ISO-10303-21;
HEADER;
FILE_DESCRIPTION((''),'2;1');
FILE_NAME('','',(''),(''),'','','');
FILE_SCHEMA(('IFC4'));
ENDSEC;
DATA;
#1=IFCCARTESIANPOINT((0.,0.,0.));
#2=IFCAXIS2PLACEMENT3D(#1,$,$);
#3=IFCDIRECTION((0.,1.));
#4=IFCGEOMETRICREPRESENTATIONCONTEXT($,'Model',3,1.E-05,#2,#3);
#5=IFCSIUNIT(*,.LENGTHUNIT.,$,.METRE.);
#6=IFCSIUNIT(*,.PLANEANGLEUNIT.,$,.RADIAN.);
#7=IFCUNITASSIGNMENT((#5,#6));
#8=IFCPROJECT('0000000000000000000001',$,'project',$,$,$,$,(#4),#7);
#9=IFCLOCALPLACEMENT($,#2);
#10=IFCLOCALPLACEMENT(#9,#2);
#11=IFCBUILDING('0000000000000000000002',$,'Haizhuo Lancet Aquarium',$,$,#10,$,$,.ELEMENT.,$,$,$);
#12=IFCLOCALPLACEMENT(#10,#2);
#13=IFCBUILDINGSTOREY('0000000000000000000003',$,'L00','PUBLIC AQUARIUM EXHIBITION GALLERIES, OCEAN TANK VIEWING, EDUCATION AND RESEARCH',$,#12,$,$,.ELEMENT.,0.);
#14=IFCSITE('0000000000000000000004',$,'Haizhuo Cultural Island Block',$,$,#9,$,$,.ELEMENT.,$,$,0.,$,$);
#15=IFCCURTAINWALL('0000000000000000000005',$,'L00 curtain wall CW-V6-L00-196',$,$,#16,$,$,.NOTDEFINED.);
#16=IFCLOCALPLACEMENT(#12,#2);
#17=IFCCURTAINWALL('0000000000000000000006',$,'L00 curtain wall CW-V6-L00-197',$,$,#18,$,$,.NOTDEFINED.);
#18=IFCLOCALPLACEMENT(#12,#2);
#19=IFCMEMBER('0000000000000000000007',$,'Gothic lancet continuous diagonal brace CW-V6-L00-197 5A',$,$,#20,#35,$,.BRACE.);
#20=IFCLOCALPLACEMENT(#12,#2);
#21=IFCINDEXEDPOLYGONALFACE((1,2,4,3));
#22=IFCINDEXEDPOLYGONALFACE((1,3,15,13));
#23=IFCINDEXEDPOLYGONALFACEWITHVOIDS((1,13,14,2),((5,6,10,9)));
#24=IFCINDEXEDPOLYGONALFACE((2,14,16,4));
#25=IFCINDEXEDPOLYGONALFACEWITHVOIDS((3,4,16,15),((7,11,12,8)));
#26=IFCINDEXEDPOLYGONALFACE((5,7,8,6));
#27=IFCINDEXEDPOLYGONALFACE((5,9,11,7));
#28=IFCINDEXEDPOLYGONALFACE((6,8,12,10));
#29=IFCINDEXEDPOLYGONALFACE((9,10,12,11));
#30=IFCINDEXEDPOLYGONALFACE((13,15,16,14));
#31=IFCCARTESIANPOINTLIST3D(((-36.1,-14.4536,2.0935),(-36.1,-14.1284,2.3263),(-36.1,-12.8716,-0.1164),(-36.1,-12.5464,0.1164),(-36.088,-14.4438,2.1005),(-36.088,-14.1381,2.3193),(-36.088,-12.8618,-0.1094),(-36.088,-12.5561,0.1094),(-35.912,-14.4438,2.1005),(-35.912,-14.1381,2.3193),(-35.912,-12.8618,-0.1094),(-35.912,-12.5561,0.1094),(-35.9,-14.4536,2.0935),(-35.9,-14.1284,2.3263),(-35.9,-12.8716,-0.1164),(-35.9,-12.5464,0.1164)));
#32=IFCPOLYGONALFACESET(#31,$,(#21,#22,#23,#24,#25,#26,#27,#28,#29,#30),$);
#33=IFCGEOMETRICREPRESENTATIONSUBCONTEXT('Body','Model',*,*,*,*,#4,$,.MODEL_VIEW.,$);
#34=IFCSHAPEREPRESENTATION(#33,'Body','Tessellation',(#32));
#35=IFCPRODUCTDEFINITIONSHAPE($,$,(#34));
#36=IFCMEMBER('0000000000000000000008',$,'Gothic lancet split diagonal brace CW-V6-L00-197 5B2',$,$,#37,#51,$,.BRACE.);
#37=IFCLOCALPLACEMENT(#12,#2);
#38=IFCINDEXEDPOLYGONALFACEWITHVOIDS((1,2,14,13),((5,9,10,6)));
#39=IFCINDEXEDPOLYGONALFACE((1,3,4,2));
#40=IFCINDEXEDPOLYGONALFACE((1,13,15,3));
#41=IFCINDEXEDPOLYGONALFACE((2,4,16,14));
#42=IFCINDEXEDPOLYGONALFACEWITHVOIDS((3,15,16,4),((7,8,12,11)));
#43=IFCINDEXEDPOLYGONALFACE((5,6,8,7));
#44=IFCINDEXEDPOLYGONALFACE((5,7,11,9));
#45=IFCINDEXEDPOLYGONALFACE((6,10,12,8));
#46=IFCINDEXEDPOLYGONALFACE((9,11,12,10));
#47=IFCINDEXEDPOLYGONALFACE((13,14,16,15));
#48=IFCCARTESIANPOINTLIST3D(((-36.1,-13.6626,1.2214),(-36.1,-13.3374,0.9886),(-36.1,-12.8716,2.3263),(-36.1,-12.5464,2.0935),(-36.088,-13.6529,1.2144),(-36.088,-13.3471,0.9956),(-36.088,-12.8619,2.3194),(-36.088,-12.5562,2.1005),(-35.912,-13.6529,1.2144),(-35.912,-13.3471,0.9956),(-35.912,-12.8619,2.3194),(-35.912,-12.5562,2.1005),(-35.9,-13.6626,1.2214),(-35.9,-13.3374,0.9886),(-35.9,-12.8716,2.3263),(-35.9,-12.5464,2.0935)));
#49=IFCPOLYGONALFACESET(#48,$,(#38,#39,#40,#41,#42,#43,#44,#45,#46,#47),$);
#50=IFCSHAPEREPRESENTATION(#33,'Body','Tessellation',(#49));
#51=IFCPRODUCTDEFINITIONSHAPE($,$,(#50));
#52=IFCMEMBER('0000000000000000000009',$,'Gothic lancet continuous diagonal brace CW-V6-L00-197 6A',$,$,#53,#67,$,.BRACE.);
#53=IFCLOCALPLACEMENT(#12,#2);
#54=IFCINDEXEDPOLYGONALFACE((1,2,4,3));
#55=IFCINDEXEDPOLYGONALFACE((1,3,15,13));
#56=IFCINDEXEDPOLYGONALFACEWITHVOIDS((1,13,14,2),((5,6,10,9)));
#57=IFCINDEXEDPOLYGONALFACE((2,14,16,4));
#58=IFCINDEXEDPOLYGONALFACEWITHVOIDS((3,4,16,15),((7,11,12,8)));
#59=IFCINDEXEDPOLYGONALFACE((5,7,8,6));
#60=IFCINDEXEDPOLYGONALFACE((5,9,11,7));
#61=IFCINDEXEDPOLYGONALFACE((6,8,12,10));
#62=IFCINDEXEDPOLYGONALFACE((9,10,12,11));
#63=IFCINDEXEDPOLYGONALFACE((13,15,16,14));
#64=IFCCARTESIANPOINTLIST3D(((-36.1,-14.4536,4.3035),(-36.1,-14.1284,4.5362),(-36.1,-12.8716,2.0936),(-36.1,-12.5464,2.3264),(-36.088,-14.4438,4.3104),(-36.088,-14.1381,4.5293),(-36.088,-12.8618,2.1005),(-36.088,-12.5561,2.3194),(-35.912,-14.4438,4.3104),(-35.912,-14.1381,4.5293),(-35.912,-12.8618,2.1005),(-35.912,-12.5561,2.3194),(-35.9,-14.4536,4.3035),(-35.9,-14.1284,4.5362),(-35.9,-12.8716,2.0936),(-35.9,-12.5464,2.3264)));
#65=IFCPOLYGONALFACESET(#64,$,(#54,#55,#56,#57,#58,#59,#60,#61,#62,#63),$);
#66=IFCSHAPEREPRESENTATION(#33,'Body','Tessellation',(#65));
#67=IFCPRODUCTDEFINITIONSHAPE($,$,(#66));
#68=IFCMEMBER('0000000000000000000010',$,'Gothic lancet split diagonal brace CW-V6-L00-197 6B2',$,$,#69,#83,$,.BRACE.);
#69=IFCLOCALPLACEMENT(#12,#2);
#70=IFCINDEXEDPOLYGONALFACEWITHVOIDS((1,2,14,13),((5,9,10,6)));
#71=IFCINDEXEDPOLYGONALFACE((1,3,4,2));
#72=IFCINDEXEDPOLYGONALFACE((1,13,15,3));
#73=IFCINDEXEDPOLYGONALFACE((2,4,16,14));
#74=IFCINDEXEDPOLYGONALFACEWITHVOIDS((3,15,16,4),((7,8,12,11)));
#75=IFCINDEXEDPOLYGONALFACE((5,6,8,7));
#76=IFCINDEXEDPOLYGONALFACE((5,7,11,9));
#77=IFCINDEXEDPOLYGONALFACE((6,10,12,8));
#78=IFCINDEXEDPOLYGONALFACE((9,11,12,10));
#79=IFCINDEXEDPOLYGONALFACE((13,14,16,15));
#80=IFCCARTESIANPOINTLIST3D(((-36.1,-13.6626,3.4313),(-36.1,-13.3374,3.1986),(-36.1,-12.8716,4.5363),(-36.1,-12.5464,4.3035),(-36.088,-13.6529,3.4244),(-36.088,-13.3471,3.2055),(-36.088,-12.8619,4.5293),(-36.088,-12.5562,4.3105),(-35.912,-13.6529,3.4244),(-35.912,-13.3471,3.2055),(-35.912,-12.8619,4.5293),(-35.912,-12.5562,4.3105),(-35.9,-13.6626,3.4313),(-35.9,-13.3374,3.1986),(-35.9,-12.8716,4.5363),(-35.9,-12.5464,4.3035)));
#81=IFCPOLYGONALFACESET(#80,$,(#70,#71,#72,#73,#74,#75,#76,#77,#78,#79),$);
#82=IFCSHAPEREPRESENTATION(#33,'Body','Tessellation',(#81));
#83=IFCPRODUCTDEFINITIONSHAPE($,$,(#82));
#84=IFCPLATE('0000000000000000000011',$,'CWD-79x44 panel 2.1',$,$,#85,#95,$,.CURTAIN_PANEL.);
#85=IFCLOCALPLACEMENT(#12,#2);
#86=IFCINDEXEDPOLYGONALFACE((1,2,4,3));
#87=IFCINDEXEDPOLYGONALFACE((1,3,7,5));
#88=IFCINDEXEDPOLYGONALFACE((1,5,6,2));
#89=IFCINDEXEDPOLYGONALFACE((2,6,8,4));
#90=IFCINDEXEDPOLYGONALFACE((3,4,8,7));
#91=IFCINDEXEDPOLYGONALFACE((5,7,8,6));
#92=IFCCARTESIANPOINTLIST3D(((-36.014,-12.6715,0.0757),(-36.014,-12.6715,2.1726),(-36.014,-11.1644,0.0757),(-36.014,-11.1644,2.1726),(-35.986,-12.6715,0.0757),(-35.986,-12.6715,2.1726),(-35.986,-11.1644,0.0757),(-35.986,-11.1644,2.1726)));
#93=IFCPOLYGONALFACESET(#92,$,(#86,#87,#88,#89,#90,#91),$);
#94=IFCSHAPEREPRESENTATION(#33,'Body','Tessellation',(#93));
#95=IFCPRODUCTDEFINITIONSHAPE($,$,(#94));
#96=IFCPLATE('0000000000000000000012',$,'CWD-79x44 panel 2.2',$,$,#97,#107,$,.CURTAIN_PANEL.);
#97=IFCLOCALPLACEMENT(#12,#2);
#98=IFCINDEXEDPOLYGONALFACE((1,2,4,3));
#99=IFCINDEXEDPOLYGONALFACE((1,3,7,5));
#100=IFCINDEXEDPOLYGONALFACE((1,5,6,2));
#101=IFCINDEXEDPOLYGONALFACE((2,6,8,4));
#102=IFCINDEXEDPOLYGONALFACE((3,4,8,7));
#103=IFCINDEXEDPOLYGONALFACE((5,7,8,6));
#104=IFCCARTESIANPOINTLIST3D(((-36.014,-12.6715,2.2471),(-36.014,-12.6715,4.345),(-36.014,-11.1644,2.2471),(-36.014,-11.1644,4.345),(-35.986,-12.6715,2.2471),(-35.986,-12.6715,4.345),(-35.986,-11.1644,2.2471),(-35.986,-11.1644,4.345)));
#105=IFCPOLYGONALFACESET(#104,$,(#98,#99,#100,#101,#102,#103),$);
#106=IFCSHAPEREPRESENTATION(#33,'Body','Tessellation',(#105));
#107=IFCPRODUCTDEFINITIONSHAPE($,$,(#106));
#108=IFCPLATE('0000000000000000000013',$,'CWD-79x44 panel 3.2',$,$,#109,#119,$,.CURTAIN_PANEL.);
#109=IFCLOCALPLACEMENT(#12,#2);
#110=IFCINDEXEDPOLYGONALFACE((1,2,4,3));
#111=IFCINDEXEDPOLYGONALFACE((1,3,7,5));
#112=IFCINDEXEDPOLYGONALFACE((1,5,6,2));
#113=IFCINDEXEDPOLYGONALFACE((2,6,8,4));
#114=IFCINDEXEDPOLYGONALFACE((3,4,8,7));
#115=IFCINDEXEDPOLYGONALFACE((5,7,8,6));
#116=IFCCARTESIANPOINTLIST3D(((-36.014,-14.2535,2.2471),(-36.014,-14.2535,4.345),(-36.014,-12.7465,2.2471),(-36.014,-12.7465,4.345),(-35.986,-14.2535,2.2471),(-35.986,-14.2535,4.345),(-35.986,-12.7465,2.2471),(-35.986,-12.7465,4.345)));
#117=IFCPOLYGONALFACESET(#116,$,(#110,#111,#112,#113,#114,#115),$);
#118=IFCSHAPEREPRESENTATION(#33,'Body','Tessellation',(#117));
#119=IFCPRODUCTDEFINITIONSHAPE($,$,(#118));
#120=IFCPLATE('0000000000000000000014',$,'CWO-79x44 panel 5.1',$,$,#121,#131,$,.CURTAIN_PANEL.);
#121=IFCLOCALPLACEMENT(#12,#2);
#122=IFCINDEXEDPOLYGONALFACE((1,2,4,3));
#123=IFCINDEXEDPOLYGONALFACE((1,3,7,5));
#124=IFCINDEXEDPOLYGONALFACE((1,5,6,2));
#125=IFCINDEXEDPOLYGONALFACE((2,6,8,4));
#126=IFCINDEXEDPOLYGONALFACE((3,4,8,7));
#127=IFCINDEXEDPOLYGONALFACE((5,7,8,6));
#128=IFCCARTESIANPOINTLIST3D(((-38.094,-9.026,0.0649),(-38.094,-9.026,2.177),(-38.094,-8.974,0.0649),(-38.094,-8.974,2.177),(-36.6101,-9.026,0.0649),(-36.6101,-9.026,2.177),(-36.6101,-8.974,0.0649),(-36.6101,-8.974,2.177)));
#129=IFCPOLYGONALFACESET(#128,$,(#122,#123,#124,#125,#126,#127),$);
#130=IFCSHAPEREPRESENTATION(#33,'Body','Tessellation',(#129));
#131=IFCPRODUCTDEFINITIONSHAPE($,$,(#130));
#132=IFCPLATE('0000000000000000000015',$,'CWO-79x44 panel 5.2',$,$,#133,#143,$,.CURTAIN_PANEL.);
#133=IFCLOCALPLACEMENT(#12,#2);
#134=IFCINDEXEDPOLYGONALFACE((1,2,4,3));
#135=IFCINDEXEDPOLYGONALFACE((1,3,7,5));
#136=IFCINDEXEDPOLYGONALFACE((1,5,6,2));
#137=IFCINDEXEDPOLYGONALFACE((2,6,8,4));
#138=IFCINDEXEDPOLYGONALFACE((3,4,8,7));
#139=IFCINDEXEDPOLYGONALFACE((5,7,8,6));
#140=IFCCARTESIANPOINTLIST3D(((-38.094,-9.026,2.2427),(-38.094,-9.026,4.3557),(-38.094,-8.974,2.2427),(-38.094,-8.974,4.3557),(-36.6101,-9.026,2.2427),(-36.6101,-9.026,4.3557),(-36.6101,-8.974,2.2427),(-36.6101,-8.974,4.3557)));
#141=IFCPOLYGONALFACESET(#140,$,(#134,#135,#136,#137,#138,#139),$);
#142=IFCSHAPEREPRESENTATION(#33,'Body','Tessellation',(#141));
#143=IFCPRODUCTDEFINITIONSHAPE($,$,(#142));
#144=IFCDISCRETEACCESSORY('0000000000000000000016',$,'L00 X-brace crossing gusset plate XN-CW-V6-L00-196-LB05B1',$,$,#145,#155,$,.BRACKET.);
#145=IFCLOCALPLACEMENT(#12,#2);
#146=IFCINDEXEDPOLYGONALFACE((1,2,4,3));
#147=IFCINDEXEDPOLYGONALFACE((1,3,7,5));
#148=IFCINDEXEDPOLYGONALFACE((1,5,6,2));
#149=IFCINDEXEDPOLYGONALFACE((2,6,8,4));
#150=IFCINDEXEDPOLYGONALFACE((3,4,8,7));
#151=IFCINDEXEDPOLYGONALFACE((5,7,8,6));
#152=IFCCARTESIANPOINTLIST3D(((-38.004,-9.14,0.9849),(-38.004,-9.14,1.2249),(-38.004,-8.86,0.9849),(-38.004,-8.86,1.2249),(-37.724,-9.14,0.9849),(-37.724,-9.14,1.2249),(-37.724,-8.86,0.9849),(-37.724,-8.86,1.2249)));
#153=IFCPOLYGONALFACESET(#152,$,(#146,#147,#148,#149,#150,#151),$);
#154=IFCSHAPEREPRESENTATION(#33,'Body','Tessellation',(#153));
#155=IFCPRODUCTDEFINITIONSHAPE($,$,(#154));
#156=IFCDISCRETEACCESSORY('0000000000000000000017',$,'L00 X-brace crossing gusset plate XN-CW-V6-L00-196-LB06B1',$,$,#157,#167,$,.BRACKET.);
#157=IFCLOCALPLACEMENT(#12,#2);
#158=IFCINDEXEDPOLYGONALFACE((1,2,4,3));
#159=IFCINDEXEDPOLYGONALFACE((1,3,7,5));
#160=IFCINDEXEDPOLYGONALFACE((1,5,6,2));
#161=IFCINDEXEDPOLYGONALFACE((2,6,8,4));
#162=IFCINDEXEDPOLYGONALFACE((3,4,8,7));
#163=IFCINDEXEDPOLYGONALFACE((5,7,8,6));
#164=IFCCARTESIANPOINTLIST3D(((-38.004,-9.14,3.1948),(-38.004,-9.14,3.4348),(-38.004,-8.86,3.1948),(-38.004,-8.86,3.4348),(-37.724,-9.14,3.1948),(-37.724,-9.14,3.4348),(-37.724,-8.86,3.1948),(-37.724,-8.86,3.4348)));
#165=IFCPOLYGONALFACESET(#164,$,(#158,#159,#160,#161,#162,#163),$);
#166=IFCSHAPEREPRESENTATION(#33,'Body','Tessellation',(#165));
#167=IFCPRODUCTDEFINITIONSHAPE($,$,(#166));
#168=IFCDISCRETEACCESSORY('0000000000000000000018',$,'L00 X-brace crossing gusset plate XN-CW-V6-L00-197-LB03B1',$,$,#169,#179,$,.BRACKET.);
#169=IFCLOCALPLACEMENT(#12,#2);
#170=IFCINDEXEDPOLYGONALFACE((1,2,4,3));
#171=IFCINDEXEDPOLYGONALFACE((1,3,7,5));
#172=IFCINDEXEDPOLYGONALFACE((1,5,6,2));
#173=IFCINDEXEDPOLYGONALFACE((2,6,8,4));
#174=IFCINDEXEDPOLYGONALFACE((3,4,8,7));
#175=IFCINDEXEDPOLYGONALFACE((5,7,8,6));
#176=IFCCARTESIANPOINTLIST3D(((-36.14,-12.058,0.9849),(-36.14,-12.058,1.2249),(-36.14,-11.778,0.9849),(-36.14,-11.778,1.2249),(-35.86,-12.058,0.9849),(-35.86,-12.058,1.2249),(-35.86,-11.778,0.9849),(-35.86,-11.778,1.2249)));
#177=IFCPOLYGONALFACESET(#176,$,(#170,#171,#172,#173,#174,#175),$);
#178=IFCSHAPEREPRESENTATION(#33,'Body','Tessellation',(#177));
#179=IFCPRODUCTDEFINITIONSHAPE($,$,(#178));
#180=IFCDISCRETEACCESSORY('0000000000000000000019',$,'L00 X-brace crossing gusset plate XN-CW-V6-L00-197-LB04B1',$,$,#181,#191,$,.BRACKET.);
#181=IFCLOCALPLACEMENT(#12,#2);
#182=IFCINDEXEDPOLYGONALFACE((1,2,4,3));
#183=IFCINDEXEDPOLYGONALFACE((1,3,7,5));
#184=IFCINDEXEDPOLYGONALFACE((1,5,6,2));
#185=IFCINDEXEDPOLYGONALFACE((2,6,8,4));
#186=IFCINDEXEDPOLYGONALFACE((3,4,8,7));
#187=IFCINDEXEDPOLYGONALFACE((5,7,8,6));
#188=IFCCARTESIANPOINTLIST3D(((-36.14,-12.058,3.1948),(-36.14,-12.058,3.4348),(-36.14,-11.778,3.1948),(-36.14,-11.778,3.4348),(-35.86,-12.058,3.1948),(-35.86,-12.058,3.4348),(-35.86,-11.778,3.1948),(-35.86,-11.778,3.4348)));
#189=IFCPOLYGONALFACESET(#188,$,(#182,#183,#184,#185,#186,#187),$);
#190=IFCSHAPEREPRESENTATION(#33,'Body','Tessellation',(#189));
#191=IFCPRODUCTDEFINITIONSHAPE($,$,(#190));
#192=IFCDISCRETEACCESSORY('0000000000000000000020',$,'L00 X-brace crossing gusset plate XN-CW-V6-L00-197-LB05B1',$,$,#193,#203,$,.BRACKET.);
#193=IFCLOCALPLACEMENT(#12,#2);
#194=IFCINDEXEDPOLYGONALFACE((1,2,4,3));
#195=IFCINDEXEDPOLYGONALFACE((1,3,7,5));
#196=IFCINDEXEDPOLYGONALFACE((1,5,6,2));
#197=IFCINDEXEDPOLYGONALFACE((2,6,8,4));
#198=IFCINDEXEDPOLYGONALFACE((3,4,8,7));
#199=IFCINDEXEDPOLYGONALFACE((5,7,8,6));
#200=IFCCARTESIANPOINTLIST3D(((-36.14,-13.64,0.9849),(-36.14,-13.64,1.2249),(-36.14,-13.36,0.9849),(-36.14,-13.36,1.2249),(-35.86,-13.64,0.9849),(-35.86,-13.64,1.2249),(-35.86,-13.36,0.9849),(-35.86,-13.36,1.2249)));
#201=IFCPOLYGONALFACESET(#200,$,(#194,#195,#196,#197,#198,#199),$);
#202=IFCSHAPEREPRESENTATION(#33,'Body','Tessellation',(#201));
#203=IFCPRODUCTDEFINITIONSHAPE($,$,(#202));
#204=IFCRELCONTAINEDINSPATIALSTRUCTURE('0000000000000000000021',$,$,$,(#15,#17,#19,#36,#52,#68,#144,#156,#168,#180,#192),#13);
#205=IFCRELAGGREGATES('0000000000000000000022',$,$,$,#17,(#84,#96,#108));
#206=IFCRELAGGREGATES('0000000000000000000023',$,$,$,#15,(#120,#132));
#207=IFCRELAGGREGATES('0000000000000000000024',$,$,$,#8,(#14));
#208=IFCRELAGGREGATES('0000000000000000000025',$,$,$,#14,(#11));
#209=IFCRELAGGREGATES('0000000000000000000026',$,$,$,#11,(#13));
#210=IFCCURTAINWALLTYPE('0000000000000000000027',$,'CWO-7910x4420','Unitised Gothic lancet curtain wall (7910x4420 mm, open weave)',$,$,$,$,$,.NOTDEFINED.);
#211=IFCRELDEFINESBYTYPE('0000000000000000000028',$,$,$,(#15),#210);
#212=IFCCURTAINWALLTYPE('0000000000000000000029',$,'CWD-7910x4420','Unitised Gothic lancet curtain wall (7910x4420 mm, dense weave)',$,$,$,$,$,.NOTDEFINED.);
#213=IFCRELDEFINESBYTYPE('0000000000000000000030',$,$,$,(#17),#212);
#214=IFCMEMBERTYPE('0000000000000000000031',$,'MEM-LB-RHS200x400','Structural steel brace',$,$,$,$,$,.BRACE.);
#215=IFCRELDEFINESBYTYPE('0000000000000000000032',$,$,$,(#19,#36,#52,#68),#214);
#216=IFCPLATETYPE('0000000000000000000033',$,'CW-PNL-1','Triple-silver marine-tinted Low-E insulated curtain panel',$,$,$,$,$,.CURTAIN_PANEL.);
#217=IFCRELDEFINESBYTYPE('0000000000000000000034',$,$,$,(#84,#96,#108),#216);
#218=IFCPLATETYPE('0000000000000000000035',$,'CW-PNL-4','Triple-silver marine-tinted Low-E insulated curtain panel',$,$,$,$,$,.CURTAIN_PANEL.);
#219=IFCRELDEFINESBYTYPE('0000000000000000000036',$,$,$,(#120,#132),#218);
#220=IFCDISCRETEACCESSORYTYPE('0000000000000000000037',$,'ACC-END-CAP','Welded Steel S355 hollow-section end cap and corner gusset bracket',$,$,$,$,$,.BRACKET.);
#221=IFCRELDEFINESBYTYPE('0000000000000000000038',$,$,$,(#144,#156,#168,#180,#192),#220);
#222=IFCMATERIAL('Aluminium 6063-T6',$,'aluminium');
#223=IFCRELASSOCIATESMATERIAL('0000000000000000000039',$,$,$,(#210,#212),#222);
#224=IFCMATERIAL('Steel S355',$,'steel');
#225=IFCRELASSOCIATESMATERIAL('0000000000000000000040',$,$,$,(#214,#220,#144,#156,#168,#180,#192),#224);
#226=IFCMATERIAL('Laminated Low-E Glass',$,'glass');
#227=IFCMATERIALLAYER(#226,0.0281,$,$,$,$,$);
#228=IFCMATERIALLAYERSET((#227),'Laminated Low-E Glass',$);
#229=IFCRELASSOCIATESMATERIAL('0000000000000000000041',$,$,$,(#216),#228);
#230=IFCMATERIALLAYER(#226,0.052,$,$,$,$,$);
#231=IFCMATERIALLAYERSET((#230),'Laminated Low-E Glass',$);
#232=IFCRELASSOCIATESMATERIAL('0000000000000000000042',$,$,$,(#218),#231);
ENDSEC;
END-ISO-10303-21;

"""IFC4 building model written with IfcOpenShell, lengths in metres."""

from ifc_helpers import new_model, si_unit, direction, frame, origin, origin_2d, place, context, subcontext, project, spatial, rectangle, hollow_rectangle, extrude, material, layer, layer_set, material_profile, profile_set, type_object, element, aggregate, save


model = new_model("IFC4")

# Units and contexts
model_context = context("Model", 3, precision=1e-05, world=origin(), true_north=direction((0.0, 1.0)))
body_context = subcontext(model_context, "Body", "Model", "MODEL_VIEW")
ifc_project = project(units=[si_unit("LENGTHUNIT", "METRE"), si_unit("PLANEANGLEUNIT", "RADIAN")], contexts=[model_context])

# Site, building, storey
site_placement = place(None, origin())
site = spatial("IfcSite", under=ifc_project, at=site_placement, Name="Haizhuo Cultural Island Block", CompositionType="ELEMENT", RefElevation=0.0)
building_placement = place(site_placement, origin())
building = spatial("IfcBuilding", under=site, at=building_placement, Name="Haizhuo Lancet Aquarium", CompositionType="ELEMENT")
storey_placement = place(building_placement, origin())
storey = spatial("IfcBuildingStorey", under=building, at=storey_placement, Name="L00", Description="PUBLIC AQUARIUM EXHIBITION GALLERIES, OCEAN TANK VIEWING, EDUCATION AND RESEARCH", CompositionType="ELEMENT", Elevation=0.0)

# Curtain wall
ifc_material_1 = material(Name="Aluminium 6063-T6", Category="aluminium")
curtain_wall_type_1 = type_object("IfcCurtainWallType", Name="CWO-7910x4420", Description="Unitised Gothic lancet curtain wall (7910x4420 mm, open weave)", PredefinedType="NOTDEFINED", material=ifc_material_1)
curtain_wall_1_placement = place(storey_placement, origin())
curtain_wall_1 = element("IfcCurtainWall", 1, at=curtain_wall_1_placement, inside=storey, type_object=curtain_wall_type_1, Name="L00 curtain wall CW-V6-L00-196", PredefinedType="NOTDEFINED")

# Curtain wall
curtain_wall_type_2 = type_object("IfcCurtainWallType", Name="CWD-7910x4420", Description="Unitised Gothic lancet curtain wall (7910x4420 mm, dense weave)", PredefinedType="NOTDEFINED", material=ifc_material_1)
curtain_wall_2_placement = place(storey_placement, origin())
curtain_wall_2 = element("IfcCurtainWall", 2, at=curtain_wall_2_placement, inside=storey, type_object=curtain_wall_type_2, Name="L00 curtain wall CW-V6-L00-197", PredefinedType="NOTDEFINED")

# Members
ifc_material_2 = material(Name="Steel S355", Category="steel")
ifc_material_profile_1 = material_profile(ifc_material_2, hollow_rectangle(XDim=0.2, YDim=0.3999, WallThickness=0.012, at=origin_2d()), Name="RHS 200x400x12")
ifc_profile_set_1 = profile_set([ifc_material_profile_1], Name="Steel S355")
member_type_1 = type_object("IfcMemberType", Name="MEM-LB-RHS200x400", Description="Structural steel brace", PredefinedType="BRACE", material=ifc_profile_set_1)
member_1_placement = place(storey_placement, frame((-36.0, -12.709, 0.0), z_axis=(0.0, -0.582088, 0.813126), x_axis=(1.0, 0.0, 0.0)))
element("IfcMember", 3, at=member_1_placement, inside=storey, type_object=member_type_1, Name="Gothic lancet continuous diagonal brace CW-V6-L00-197 5A", PredefinedType="BRACE", context=body_context, shape_type="SweptSolid", body=[
    extrude(hollow_rectangle(XDim=0.2, YDim=0.3999, WallThickness=0.012, at=origin_2d()), origin(), (0.0, 0.0, 1.0), 2.7178),
])
member_2_placement = place(storey_placement, frame((-36.0, -13.5, 1.105), z_axis=(0.0, 0.582088, 0.813126), x_axis=(-1.0, 0.0, 0.0)))
element("IfcMember", 4, at=member_2_placement, inside=storey, type_object=member_type_1, Name="Gothic lancet split diagonal brace CW-V6-L00-197 5B2", PredefinedType="BRACE", context=body_context, shape_type="SweptSolid", body=[
    extrude(hollow_rectangle(XDim=0.2, YDim=0.3999, WallThickness=0.012, at=origin_2d()), origin(), (0.0, 0.0, 1.0), 1.3589),
])
member_3_placement = place(storey_placement, frame((-36.0, -12.709, 2.21), z_axis=(0.0, -0.582088, 0.813126), x_axis=(1.0, 0.0, 0.0)))
element("IfcMember", 5, at=member_3_placement, inside=storey, type_object=member_type_1, Name="Gothic lancet continuous diagonal brace CW-V6-L00-197 6A", PredefinedType="BRACE", context=body_context, shape_type="SweptSolid", body=[
    extrude(hollow_rectangle(XDim=0.2, YDim=0.3999, WallThickness=0.012, at=origin_2d()), origin(), (0.0, 0.0, 1.0), 2.7178),
])
member_4_placement = place(storey_placement, frame((-36.0, -13.5, 3.3149), z_axis=(0.0, 0.582088, 0.813126), x_axis=(-1.0, 0.0, 0.0)))
element("IfcMember", 6, at=member_4_placement, inside=storey, type_object=member_type_1, Name="Gothic lancet split diagonal brace CW-V6-L00-197 6B2", PredefinedType="BRACE", context=body_context, shape_type="SweptSolid", body=[
    extrude(hollow_rectangle(XDim=0.2, YDim=0.3999, WallThickness=0.012, at=origin_2d()), origin(), (0.0, 0.0, 1.0), 1.3589),
])

# Plates
ifc_material_3 = material(Name="Laminated Low-E Glass", Category="glass")
ifc_layer_1 = layer(ifc_material_3, 0.0281)
ifc_layer_set_1 = layer_set([ifc_layer_1], Name="Laminated Low-E Glass")
plate_type_1 = type_object("IfcPlateType", Name="CW-PNL-1", Description="Triple-silver marine-tinted Low-E insulated curtain panel", PredefinedType="CURTAIN_PANEL", material=ifc_layer_set_1)
plate_1_placement = place(storey_placement, frame((-36.0, -11.918, 0.0757), z_axis=(0.0, 0.0, 1.0), x_axis=(0.0, -1.0, 0.0)))
plate_1 = element("IfcPlate", 7, at=plate_1_placement, type_object=plate_type_1, Name="CWD-79x44 panel 2.1", PredefinedType="CURTAIN_PANEL", context=body_context, shape_type="SweptSolid", body=[
    extrude(rectangle(XDim=1.5071, YDim=0.0281, at=origin_2d()), origin(), (0.0, 0.0, 1.0), 2.0969),
])
plate_2_placement = place(storey_placement, frame((-36.0, -11.918, 2.2471), z_axis=(0.0, 0.0, 1.0), x_axis=(0.0, -1.0, 0.0)))
plate_2 = element("IfcPlate", 8, at=plate_2_placement, type_object=plate_type_1, Name="CWD-79x44 panel 2.2", PredefinedType="CURTAIN_PANEL", context=body_context, shape_type="SweptSolid", body=[
    extrude(rectangle(XDim=1.5071, YDim=0.0281, at=origin_2d()), origin(), (0.0, 0.0, 1.0), 2.0979),
])
plate_3_placement = place(storey_placement, frame((-36.0, -13.5, 2.2471), z_axis=(0.0, 0.0, 1.0), x_axis=(0.0, -1.0, 0.0)))
plate_3 = element("IfcPlate", 9, at=plate_3_placement, type_object=plate_type_1, Name="CWD-79x44 panel 3.2", PredefinedType="CURTAIN_PANEL", context=body_context, shape_type="SweptSolid", body=[
    extrude(rectangle(XDim=1.5071, YDim=0.0281, at=origin_2d()), origin(), (0.0, 0.0, 1.0), 2.0979),
])
aggregate(curtain_wall_2, [plate_1, plate_2, plate_3])
ifc_layer_2 = layer(ifc_material_3, 0.052)
ifc_layer_set_2 = layer_set([ifc_layer_2], Name="Laminated Low-E Glass")
plate_type_2 = type_object("IfcPlateType", Name="CW-PNL-4", Description="Triple-silver marine-tinted Low-E insulated curtain panel", PredefinedType="CURTAIN_PANEL", material=ifc_layer_set_2)
plate_4_placement = place(storey_placement, frame((-37.3521, -9.0, 0.0649), z_axis=(0.0, 0.0, 1.0), x_axis=(1.0, 0.0, 0.0)))
plate_4 = element("IfcPlate", 10, at=plate_4_placement, type_object=plate_type_2, Name="CWO-79x44 panel 5.1", PredefinedType="CURTAIN_PANEL", context=body_context, shape_type="SweptSolid", body=[
    extrude(rectangle(XDim=1.4839, YDim=0.052, at=origin_2d()), origin(), (0.0, 0.0, 1.0), 2.1121),
])
plate_5_placement = place(storey_placement, frame((-37.3521, -9.0, 2.2427), z_axis=(0.0, 0.0, 1.0), x_axis=(1.0, 0.0, 0.0)))
plate_5 = element("IfcPlate", 11, at=plate_5_placement, type_object=plate_type_2, Name="CWO-79x44 panel 5.2", PredefinedType="CURTAIN_PANEL", context=body_context, shape_type="SweptSolid", body=[
    extrude(rectangle(XDim=1.4839, YDim=0.052, at=origin_2d()), origin(), (0.0, 0.0, 1.0), 2.113),
])
aggregate(curtain_wall_1, [plate_4, plate_5])

# Discrete accessories
discrete_accessory_type = type_object("IfcDiscreteAccessoryType", Name="ACC-END-CAP", Description="Welded Steel S355 hollow-section end cap and corner gusset bracket", PredefinedType="BRACKET", material=ifc_material_2)
for number, where, z_axis, x_axis, name in (
    (12, (-37.864, -9.0, 0.9849), (0.0, 0.0, 1.0), (1.0, 0.0, 0.0), "L00 X-brace crossing gusset plate XN-CW-V6-L00-196-LB05B1"),
    (13, (-37.864, -9.0, 3.1948), (0.0, 0.0, 1.0), (1.0, 0.0, 0.0), "L00 X-brace crossing gusset plate XN-CW-V6-L00-196-LB06B1"),
    (14, (-36.0, -11.918, 0.9849), (0.0, 0.0, 1.0), (1.0, 0.0, 0.0), "L00 X-brace crossing gusset plate XN-CW-V6-L00-197-LB03B1"),
    (15, (-36.0, -11.918, 3.1948), (0.0, 0.0, 1.0), (1.0, 0.0, 0.0), "L00 X-brace crossing gusset plate XN-CW-V6-L00-197-LB04B1"),
    (16, (-36.0, -13.5, 0.9849), (0.0, 0.0, 1.0), (1.0, 0.0, 0.0), "L00 X-brace crossing gusset plate XN-CW-V6-L00-197-LB05B1"),
):
    element("IfcDiscreteAccessory", number, at=place(storey_placement, frame(where, z_axis=z_axis, x_axis=x_axis)), inside=storey, type_object=discrete_accessory_type, material=ifc_material_2, Name=name, PredefinedType="BRACKET", context=body_context, shape_type="SweptSolid", body=[
        extrude(rectangle(XDim=0.28, YDim=0.28, at=origin_2d()), origin(), (0.0, 0.0, 1.0), 0.24),
    ])

save(model, "model.ifc")
